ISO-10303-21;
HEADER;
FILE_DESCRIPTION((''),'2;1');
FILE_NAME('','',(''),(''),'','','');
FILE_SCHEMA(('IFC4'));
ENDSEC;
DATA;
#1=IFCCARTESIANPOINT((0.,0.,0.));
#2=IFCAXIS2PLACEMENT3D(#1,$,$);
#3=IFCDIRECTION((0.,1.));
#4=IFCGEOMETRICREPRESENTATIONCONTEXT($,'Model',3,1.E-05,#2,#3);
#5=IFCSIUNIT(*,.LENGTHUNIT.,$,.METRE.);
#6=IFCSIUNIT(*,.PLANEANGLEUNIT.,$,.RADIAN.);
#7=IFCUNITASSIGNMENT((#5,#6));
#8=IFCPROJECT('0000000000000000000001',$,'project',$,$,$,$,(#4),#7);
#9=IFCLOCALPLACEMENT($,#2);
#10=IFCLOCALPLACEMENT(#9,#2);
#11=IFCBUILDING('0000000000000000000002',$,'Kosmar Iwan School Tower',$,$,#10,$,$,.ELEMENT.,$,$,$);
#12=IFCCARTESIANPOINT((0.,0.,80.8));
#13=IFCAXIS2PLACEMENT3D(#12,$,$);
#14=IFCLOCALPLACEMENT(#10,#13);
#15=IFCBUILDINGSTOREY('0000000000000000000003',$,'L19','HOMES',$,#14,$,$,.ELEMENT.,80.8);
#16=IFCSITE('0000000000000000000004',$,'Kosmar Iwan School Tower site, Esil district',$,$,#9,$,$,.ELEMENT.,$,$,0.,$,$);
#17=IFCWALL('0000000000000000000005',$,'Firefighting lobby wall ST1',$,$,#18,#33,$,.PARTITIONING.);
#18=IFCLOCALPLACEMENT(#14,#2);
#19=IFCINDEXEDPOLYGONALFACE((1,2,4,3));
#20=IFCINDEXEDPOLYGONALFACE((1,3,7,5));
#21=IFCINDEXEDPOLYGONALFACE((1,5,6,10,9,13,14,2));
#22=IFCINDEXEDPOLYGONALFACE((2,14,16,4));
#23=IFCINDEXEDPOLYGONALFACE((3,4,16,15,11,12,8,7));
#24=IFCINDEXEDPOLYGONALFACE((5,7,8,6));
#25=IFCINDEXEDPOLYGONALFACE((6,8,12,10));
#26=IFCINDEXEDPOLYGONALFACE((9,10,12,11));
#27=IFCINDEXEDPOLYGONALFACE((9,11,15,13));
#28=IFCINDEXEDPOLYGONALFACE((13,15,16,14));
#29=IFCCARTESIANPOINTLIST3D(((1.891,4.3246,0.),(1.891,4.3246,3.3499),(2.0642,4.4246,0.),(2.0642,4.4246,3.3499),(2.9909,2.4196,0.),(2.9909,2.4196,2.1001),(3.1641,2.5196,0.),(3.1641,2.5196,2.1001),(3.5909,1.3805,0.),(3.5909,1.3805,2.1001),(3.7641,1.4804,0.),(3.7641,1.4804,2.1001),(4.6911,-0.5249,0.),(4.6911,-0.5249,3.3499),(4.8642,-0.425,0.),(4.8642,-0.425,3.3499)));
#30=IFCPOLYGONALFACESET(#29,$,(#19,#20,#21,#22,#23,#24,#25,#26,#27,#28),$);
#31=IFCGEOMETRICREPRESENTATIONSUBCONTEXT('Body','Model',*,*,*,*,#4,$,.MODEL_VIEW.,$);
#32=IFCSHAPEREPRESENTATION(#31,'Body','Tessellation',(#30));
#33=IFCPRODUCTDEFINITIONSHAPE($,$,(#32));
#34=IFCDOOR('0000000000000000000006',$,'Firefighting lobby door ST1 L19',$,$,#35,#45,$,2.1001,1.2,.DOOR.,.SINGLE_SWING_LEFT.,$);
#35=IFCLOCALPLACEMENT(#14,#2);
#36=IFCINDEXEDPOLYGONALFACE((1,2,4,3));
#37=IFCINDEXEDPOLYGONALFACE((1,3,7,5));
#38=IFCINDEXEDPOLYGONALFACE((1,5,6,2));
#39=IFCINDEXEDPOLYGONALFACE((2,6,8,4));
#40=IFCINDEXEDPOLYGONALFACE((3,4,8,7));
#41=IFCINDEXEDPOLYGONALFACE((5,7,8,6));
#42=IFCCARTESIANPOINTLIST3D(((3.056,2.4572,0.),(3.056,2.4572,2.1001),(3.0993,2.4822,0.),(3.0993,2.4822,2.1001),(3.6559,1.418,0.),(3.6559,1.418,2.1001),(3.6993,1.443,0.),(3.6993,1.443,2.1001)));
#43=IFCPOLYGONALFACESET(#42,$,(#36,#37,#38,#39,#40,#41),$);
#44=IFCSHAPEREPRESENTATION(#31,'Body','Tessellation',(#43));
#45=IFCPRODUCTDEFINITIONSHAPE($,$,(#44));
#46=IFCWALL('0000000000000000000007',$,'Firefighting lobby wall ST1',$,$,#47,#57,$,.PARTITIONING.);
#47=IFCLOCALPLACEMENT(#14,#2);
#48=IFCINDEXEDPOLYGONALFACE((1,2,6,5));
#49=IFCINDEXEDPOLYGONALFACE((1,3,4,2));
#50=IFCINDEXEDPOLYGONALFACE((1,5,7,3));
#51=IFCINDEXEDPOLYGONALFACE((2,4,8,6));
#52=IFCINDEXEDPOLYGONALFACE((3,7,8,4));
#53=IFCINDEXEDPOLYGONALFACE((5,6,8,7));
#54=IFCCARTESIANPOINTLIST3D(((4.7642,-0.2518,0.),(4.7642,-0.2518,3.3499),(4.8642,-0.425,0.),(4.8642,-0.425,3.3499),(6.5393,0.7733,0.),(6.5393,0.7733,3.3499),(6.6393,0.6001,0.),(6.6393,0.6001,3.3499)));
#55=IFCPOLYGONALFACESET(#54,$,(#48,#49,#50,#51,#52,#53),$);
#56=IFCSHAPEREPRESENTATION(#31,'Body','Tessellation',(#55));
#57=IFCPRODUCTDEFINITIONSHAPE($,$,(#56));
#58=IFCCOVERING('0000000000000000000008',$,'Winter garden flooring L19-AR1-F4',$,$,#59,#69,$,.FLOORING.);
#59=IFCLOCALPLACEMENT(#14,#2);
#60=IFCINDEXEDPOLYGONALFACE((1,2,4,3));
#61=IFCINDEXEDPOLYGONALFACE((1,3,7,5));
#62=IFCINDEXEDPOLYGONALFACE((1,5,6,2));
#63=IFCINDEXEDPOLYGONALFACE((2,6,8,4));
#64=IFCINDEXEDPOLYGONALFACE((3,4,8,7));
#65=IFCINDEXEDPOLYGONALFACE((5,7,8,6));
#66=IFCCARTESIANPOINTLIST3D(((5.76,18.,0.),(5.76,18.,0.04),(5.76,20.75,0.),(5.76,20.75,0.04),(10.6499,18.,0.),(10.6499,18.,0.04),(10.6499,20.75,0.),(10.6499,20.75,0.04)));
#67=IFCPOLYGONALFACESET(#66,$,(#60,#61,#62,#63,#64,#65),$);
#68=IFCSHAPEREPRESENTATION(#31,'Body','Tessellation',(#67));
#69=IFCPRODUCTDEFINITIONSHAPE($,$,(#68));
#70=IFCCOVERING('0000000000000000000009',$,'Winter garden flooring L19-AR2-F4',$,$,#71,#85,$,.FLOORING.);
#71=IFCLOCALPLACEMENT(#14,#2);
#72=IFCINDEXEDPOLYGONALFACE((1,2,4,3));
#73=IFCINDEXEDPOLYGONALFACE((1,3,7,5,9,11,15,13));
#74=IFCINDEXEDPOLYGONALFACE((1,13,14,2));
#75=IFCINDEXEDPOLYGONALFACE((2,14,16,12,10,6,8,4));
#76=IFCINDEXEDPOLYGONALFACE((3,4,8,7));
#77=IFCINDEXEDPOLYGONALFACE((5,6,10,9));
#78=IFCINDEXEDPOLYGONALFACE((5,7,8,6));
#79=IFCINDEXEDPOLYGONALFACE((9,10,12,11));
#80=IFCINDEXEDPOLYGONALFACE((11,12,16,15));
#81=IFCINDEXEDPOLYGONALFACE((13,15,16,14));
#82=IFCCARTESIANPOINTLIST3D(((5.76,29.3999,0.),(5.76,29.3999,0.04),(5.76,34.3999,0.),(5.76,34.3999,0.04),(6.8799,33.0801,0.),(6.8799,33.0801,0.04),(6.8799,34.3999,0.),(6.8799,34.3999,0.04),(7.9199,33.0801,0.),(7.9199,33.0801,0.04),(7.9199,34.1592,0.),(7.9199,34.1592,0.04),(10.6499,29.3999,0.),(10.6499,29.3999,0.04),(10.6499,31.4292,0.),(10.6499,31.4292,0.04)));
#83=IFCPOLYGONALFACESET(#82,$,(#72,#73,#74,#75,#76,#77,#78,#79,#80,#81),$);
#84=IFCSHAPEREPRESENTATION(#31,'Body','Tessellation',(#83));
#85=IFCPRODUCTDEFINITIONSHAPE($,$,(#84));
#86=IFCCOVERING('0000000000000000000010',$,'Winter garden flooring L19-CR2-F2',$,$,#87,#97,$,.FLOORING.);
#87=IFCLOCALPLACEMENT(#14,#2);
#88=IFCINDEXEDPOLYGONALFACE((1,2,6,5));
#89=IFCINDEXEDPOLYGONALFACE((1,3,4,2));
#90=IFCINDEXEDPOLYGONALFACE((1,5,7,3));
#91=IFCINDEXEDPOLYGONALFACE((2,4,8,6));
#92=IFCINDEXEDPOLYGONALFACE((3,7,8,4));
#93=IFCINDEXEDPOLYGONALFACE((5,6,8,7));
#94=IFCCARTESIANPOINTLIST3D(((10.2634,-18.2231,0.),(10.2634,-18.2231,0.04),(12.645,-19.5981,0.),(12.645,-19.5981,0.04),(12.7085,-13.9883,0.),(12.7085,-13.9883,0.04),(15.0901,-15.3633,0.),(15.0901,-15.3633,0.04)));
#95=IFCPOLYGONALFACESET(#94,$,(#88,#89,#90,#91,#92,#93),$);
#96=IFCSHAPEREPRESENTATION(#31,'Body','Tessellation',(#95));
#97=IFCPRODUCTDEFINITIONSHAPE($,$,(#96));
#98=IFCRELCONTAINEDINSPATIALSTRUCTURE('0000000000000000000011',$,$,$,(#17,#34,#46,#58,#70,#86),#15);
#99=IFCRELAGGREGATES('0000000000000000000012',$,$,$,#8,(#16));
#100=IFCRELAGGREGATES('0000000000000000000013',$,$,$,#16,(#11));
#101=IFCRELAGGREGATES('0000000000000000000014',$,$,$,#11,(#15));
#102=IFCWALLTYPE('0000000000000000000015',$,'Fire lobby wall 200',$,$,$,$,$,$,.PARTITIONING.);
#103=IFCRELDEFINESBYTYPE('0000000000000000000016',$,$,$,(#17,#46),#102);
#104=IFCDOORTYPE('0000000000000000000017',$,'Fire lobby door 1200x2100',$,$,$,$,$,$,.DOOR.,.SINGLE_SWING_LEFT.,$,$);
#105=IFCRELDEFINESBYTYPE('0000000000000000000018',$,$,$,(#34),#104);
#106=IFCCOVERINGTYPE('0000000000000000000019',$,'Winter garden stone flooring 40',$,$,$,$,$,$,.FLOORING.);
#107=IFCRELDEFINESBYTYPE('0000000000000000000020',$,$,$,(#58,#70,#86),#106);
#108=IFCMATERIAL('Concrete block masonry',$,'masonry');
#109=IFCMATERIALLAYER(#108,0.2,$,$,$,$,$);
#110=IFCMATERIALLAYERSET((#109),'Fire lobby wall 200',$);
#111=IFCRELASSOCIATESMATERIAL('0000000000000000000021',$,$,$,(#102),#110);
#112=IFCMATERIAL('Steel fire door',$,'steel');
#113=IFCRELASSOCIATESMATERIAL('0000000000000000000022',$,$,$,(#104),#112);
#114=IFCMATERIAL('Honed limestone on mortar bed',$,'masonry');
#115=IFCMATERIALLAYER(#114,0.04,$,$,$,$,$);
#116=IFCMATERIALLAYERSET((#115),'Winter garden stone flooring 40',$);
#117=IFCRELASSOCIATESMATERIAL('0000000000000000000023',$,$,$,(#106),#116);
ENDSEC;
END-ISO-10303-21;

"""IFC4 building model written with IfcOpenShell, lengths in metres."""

from ifc_helpers import new_model, si_unit, direction, frame, frame_2d, origin, place, context, subcontext, project, spatial, polyline, rectangle, outline, extrude, material, layer, layer_set, type_object, element, fill, save


model = new_model("IFC4")

# Units and contexts
model_context = context("Model", 3, precision=1e-05, world=origin(), true_north=direction((0.0, 1.0)))
body_context = subcontext(model_context, "Body", "Model", "MODEL_VIEW")
ifc_project = project(units=[si_unit("LENGTHUNIT", "METRE"), si_unit("PLANEANGLEUNIT", "RADIAN")], contexts=[model_context])

# Site, building, storey
site_placement = place(None, origin())
site = spatial("IfcSite", under=ifc_project, at=site_placement, Name="Kosmar Iwan School Tower site, Esil district", CompositionType="ELEMENT", RefElevation=0.0)
building_placement = place(site_placement, origin())
building = spatial("IfcBuilding", under=site, at=building_placement, Name="Kosmar Iwan School Tower", CompositionType="ELEMENT")
storey_placement = place(building_placement, frame((0.0, 0.0, 80.8)))
storey = spatial("IfcBuildingStorey", under=building, at=storey_placement, Name="L19", Description="HOMES", CompositionType="ELEMENT", Elevation=80.8)

# Wall, opening, door
ifc_material_1 = material(Name="Concrete block masonry", Category="masonry")
ifc_layer_1 = layer(ifc_material_1, 0.2)
ifc_layer_set_1 = layer_set([ifc_layer_1], Name="Fire lobby wall 200")
wall_type_1 = type_object("IfcWallType", Name="Fire lobby wall 200", PredefinedType="PARTITIONING", material=ifc_layer_set_1)
wall_1_placement = place(storey_placement, frame((4.7776, -0.4749, 0.0), z_axis=(0.0, 0.0, 1.0), x_axis=(-0.500017, 0.866016, 0.0)))
wall_1 = element("IfcWall", 1, at=wall_1_placement, inside=storey, type_object=wall_type_1, Name="Firefighting lobby wall ST1", PredefinedType="PARTITIONING", context=body_context, shape_type="SweptSolid", body=[
    extrude(rectangle(XDim=5.5999, YDim=0.2, at=frame_2d((2.7998, 0.0))), origin(), (0.0, 0.0, 1.0), 3.3499),
])
opening_1_placement = place(wall_1_placement, frame((2.2, 0.0, 0.0)))
opening_1 = element("IfcOpeningElement", 2, at=opening_1_placement, cuts=wall_1, PredefinedType="OPENING", context=body_context, shape_type="SweptSolid", body=[
    extrude(rectangle(XDim=1.2, YDim=2.1001, at=frame_2d((0.6001, 1.05))), frame((0.0, 0.1121, 0.0), z_axis=(0.0, -1.0, 0.0), x_axis=(1.0, 0.0, 0.0)), (0.0, 0.0, 1.0), 0.2239),
])
ifc_material_2 = material(Name="Steel fire door", Category="steel")
door_type_1 = type_object("IfcDoorType", Name="Fire lobby door 1200x2100", OperationType="SINGLE_SWING_LEFT", PredefinedType="DOOR", material=ifc_material_2)
door_1_placement = place(opening_1_placement, origin())
door_1 = element("IfcDoor", 3, at=door_1_placement, inside=storey, type_object=door_type_1, Name="Firefighting lobby door ST1 L19", OperationType="SINGLE_SWING_LEFT", OverallHeight=2.1001, OverallWidth=1.2, PredefinedType="DOOR", context=body_context, shape_type="SweptSolid", body=[
    extrude(rectangle(XDim=1.2, YDim=2.1001, at=frame_2d((0.6001, 1.05))), frame((0.0, 0.0249, 0.0), z_axis=(0.0, -1.0, 0.0), x_axis=(1.0, 0.0, 0.0)), (0.0, 0.0, 1.0), 0.05),
])
fill(opening_1, door_1)

# Wall
wall_2_placement = place(storey_placement, frame((4.8142, -0.3384, 0.0), z_axis=(0.0, 0.0, 1.0), x_axis=(0.865969, 0.500097, 0.0)))
element("IfcWall", 4, at=wall_2_placement, inside=storey, type_object=wall_type_1, Name="Firefighting lobby wall ST1", PredefinedType="PARTITIONING", context=body_context, shape_type="SweptSolid", body=[
    extrude(rectangle(XDim=2.0498, YDim=0.2, at=frame_2d((1.0249, 0.0))), origin(), (0.0, 0.0, 1.0), 3.3499),
])

# Coverings
ifc_material_3 = material(Name="Honed limestone on mortar bed", Category="masonry")
ifc_layer_2 = layer(ifc_material_3, 0.04)
ifc_layer_set_2 = layer_set([ifc_layer_2], Name="Winter garden stone flooring 40")
covering_type = type_object("IfcCoveringType", Name="Winter garden stone flooring 40", PredefinedType="FLOORING", material=ifc_layer_set_2)
covering_1_placement = place(storey_placement, origin())
element("IfcCovering", 5, at=covering_1_placement, inside=storey, type_object=covering_type, Name="Winter garden flooring L19-AR1-F4", PredefinedType="FLOORING", context=body_context, shape_type="SweptSolid", body=[
    extrude(outline(polyline([(5.76, 18.0), (10.6499, 18.0), (10.6499, 20.75), (5.76, 20.75), (5.76, 18.0)])), origin(), (0.0, 0.0, 1.0), 0.04),
])
covering_2_placement = place(storey_placement, origin())
element("IfcCovering", 6, at=covering_2_placement, inside=storey, type_object=covering_type, Name="Winter garden flooring L19-AR2-F4", PredefinedType="FLOORING", context=body_context, shape_type="SweptSolid", body=[
    extrude(outline(polyline([(5.76, 29.3999), (10.6499, 29.3999), (10.6499, 31.4292), (7.9199, 34.1592), (7.9199, 33.0801), (6.8799, 33.0801), (6.8799, 34.3999), (5.76, 34.3999), (5.76, 29.3999)])), origin(), (0.0, 0.0, 1.0), 0.04),
])
covering_3_placement = place(storey_placement, origin())
element("IfcCovering", 7, at=covering_3_placement, inside=storey, type_object=covering_type, Name="Winter garden flooring L19-CR2-F2", PredefinedType="FLOORING", context=body_context, shape_type="SweptSolid", body=[
    extrude(outline(polyline([(12.645, -19.5981), (15.0901, -15.3633), (12.7085, -13.9883), (10.2634, -18.2231), (12.645, -19.5981)])), origin(), (0.0, 0.0, 1.0), 0.04),
])

save(model, "model.ifc")
